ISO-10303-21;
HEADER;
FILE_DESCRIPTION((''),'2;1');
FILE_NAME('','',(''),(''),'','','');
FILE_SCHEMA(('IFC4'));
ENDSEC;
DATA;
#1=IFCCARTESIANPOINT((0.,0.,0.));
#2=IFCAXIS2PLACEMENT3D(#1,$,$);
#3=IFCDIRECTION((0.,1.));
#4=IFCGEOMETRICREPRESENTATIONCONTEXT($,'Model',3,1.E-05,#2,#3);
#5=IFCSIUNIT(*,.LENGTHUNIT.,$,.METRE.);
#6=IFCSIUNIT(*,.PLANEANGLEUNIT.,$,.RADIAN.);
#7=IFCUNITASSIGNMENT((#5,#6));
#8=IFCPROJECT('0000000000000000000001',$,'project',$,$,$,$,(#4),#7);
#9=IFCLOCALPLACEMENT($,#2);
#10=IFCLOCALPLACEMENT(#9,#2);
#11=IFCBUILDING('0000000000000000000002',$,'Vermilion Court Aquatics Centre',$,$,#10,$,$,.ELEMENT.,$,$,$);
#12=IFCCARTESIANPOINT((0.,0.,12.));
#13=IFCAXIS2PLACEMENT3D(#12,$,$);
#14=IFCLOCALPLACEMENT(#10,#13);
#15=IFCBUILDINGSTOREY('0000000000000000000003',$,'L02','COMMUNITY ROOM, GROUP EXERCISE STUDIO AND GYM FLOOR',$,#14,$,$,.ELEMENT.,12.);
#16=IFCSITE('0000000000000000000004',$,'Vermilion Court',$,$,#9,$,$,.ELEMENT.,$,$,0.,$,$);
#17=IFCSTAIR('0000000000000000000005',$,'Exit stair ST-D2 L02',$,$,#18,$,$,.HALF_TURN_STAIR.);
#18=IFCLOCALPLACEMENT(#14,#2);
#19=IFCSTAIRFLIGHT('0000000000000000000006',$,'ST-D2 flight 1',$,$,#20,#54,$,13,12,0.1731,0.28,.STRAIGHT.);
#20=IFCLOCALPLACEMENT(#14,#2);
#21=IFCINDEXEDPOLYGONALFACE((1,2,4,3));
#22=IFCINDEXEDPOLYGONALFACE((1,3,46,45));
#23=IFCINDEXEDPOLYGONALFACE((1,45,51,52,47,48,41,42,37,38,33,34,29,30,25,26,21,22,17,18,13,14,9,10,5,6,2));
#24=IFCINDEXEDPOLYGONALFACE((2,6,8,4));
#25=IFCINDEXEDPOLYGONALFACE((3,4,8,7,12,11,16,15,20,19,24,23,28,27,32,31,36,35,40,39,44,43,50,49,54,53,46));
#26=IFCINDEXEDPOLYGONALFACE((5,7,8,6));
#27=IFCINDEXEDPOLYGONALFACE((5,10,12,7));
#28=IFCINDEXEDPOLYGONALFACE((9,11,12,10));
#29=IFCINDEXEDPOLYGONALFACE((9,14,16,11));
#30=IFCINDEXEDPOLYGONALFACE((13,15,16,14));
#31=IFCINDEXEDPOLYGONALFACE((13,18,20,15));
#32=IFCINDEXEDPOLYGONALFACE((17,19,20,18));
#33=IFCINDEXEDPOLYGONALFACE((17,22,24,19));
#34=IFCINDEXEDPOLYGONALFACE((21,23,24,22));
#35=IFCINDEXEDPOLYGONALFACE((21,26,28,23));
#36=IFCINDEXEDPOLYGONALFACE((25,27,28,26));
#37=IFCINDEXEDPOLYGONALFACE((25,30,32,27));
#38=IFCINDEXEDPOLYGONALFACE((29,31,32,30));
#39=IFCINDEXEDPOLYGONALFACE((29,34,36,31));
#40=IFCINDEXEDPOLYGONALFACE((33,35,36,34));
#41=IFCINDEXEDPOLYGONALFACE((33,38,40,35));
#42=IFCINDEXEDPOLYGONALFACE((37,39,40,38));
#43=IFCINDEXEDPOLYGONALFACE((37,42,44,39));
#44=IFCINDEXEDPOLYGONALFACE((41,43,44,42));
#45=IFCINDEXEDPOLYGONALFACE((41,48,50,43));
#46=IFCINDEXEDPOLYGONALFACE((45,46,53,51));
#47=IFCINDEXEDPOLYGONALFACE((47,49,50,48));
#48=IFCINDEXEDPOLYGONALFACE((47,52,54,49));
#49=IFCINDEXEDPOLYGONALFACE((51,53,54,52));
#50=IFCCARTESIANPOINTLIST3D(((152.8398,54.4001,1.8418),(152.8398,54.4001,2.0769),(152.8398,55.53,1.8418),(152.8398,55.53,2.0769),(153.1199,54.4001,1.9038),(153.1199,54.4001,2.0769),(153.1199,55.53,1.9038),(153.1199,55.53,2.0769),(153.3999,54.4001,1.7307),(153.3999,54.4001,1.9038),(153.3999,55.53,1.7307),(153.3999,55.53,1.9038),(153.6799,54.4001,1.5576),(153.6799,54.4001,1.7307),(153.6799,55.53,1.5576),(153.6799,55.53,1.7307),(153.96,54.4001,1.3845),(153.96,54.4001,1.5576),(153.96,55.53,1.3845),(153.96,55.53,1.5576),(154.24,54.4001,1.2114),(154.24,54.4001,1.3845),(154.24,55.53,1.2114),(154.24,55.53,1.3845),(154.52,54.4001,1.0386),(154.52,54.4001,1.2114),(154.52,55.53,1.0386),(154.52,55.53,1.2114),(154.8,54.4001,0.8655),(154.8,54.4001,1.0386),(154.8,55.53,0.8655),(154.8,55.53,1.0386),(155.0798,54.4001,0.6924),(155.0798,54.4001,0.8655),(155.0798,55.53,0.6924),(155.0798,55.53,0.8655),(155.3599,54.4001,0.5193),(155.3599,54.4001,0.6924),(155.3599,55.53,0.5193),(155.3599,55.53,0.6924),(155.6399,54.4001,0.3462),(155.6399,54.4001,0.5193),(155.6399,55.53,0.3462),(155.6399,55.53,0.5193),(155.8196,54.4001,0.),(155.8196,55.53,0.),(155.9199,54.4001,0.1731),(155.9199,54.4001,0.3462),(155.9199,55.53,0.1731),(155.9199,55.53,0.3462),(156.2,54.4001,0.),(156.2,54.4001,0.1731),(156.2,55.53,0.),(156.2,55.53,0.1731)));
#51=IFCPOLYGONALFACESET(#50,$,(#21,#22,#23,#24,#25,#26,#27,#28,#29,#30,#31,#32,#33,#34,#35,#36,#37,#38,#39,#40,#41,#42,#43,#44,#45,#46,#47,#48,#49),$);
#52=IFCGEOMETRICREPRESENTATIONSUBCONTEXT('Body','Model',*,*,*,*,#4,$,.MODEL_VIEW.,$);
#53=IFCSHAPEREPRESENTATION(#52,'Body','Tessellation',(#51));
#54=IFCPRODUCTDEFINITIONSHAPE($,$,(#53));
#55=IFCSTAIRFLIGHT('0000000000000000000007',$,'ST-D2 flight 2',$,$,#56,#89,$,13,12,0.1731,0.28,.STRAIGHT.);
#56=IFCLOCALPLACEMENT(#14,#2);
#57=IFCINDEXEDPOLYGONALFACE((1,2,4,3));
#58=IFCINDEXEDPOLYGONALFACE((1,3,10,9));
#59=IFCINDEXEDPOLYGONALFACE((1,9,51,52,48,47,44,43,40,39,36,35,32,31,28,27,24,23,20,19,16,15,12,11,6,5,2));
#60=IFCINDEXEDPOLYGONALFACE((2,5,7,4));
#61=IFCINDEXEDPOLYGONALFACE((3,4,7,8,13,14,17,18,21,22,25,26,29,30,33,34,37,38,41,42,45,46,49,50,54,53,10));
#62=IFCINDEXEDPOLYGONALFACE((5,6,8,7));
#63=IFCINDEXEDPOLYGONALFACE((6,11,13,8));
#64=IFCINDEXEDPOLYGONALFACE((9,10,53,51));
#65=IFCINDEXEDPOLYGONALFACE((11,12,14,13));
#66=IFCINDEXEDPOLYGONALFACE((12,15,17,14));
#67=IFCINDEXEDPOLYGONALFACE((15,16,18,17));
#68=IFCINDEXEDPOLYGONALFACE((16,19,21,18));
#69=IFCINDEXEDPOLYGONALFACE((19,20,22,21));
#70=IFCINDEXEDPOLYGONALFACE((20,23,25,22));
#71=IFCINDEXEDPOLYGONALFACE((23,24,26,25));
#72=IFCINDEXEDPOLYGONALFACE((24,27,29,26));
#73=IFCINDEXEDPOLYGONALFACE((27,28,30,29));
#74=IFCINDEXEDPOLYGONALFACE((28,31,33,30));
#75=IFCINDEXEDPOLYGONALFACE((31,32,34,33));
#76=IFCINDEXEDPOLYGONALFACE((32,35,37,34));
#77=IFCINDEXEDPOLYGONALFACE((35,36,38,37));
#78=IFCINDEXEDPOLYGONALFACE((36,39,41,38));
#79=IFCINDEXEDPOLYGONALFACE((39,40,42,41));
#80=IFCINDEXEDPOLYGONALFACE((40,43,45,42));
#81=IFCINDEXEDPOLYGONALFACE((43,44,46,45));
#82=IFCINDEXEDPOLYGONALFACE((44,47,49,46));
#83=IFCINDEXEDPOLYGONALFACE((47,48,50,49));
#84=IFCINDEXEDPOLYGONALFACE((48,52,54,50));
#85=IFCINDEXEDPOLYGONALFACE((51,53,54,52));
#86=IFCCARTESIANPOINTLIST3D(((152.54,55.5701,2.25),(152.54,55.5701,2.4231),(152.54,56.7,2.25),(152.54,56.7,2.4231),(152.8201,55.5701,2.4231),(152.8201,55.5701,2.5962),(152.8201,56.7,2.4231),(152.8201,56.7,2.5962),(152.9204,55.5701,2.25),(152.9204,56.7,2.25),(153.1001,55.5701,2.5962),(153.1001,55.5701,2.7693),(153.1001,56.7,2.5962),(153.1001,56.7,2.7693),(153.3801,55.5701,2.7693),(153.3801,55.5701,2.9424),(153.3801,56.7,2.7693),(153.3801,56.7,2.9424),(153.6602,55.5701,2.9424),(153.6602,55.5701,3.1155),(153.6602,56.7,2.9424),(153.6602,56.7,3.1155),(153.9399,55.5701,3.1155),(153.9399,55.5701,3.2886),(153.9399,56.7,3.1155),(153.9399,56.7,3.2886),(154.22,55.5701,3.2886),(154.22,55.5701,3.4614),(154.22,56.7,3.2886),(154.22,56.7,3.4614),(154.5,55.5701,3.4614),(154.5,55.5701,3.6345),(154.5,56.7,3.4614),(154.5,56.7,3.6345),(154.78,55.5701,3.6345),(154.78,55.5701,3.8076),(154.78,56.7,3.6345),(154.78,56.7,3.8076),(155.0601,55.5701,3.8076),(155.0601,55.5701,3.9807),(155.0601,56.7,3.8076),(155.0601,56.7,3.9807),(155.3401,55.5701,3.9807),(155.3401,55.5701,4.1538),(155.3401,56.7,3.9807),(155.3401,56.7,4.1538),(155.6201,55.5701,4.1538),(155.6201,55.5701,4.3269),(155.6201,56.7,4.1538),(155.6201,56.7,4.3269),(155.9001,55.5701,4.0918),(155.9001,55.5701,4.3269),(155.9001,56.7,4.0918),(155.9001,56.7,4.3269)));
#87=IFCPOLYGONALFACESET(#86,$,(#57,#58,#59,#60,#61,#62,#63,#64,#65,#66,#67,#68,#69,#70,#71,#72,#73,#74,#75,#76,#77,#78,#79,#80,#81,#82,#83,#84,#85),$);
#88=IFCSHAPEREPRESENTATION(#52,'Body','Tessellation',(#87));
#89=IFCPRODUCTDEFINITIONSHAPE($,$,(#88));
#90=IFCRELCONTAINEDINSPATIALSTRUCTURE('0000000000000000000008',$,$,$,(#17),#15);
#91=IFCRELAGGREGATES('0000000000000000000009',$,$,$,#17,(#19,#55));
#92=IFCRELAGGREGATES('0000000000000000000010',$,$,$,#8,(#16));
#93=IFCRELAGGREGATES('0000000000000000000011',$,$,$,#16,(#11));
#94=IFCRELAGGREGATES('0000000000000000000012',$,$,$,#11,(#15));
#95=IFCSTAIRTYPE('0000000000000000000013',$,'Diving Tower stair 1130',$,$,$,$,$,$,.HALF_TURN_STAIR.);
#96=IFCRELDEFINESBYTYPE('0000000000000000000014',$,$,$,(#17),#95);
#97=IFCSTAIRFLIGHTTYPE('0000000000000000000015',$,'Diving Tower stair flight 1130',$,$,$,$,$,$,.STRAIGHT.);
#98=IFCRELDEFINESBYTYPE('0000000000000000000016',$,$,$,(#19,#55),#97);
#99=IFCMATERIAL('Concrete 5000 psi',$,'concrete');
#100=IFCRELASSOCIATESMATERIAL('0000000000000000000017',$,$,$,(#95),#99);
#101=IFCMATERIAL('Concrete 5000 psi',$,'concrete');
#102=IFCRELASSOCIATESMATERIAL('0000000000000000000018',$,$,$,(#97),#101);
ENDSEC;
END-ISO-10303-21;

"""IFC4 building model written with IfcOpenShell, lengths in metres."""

from ifc_helpers import new_model, si_unit, direction, frame, origin, place, context, subcontext, project, spatial, polyline, outline, extrude, material, type_object, element, aggregate, save


model = new_model("IFC4")

# Units and contexts
model_context = context("Model", 3, precision=1e-05, world=origin(), true_north=direction((0.0, 1.0)))
body_context = subcontext(model_context, "Body", "Model", "MODEL_VIEW")
ifc_project = project(units=[si_unit("LENGTHUNIT", "METRE"), si_unit("PLANEANGLEUNIT", "RADIAN")], contexts=[model_context])

# Site, building, storey
site_placement = place(None, origin())
site = spatial("IfcSite", under=ifc_project, at=site_placement, Name="Vermilion Court", CompositionType="ELEMENT", RefElevation=0.0)
building_placement = place(site_placement, origin())
building = spatial("IfcBuilding", under=site, at=building_placement, Name="Vermilion Court Aquatics Centre", CompositionType="ELEMENT")
storey_placement = place(building_placement, frame((0.0, 0.0, 12.0)))
storey = spatial("IfcBuildingStorey", under=building, at=storey_placement, Name="L02", Description="COMMUNITY ROOM, GROUP EXERCISE STUDIO AND GYM FLOOR", CompositionType="ELEMENT", Elevation=12.0)

# Stair, stair flights
ifc_material_1 = material(Name="Concrete 5000 psi", Category="concrete")
stair_type = type_object("IfcStairType", Name="Diving Tower stair 1130", PredefinedType="HALF_TURN_STAIR", material=ifc_material_1)
ifc_material_2 = material(Name="Concrete 5000 psi", Category="concrete")
stair_flight_type = type_object("IfcStairFlightType", Name="Diving Tower stair flight 1130", PredefinedType="STRAIGHT", material=ifc_material_2)
stair_1_placement = place(storey_placement, origin())
stair_1 = element("IfcStair", 1, at=stair_1_placement, inside=storey, type_object=stair_type, Name="Exit stair ST-D2 L02", PredefinedType="HALF_TURN_STAIR")
stair_flight_1_placement = place(storey_placement, frame((156.2, 54.9651, 0.0), z_axis=(0.0, 0.0, 1.0), x_axis=(-1.0, 0.0, 0.0)))
stair_flight_1 = element("IfcStairFlight", 2, at=stair_flight_1_placement, type_object=stair_flight_type, Name="ST-D2 flight 1", NumberOfRisers=13, NumberOfTreads=12, PredefinedType="STRAIGHT", RiserHeight=0.1731, TreadLength=0.28, context=body_context, shape_type="SweptSolid", body=[
    extrude(outline(polyline([(0.0, 0.0), (0.0, 0.1731), (0.28, 0.1731), (0.28, 0.3462), (0.5601, 0.3462), (0.5601, 0.5193), (0.8401, 0.5193), (0.8401, 0.6924), (1.1201, 0.6924), (1.1201, 0.8655), (1.3999, 0.8655), (1.3999, 1.0386), (1.6799, 1.0386), (1.6799, 1.2114), (1.96, 1.2114), (1.96, 1.3845), (2.24, 1.3845), (2.24, 1.5576), (2.52, 1.5576), (2.52, 1.7307), (2.8, 1.7307), (2.8, 1.9038), (3.0801, 1.9038), (3.0801, 2.0769), (3.3601, 2.0769), (3.3601, 2.25), (3.3601, 1.8418), (0.3804, 0.0), (0.0, 0.0)])), frame((0.0, 0.5649, 0.0), z_axis=(0.0, -1.0, 0.0), x_axis=(1.0, 0.0, 0.0)), (0.0, 0.0, 1.0), 1.1299),
])
stair_flight_2_placement = place(storey_placement, frame((152.54, 56.135, 2.25), z_axis=(0.0, 0.0, 1.0), x_axis=(1.0, 0.0, 0.0)))
stair_flight_2 = element("IfcStairFlight", 3, at=stair_flight_2_placement, type_object=stair_flight_type, Name="ST-D2 flight 2", NumberOfRisers=13, NumberOfTreads=12, PredefinedType="STRAIGHT", RiserHeight=0.1731, TreadLength=0.28, context=body_context, shape_type="SweptSolid", body=[
    extrude(outline(polyline([(0.0, 0.0), (0.0, 0.1731), (0.28, 0.1731), (0.28, 0.3462), (0.5601, 0.3462), (0.5601, 0.5193), (0.8401, 0.5193), (0.8401, 0.6924), (1.1201, 0.6924), (1.1201, 0.8655), (1.3999, 0.8655), (1.3999, 1.0386), (1.6799, 1.0386), (1.6799, 1.2114), (1.96, 1.2114), (1.96, 1.3845), (2.24, 1.3845), (2.24, 1.5576), (2.52, 1.5576), (2.52, 1.7307), (2.8, 1.7307), (2.8, 1.9038), (3.0801, 1.9038), (3.0801, 2.0769), (3.3601, 2.0769), (3.3601, 2.25), (3.3601, 1.8418), (0.3804, 0.0), (0.0, 0.0)])), frame((0.0, 0.5649, 0.0), z_axis=(0.0, -1.0, 0.0), x_axis=(1.0, 0.0, 0.0)), (0.0, 0.0, 1.0), 1.1299),
])
aggregate(stair_1, [stair_flight_1, stair_flight_2])

save(model, "model.ifc")
